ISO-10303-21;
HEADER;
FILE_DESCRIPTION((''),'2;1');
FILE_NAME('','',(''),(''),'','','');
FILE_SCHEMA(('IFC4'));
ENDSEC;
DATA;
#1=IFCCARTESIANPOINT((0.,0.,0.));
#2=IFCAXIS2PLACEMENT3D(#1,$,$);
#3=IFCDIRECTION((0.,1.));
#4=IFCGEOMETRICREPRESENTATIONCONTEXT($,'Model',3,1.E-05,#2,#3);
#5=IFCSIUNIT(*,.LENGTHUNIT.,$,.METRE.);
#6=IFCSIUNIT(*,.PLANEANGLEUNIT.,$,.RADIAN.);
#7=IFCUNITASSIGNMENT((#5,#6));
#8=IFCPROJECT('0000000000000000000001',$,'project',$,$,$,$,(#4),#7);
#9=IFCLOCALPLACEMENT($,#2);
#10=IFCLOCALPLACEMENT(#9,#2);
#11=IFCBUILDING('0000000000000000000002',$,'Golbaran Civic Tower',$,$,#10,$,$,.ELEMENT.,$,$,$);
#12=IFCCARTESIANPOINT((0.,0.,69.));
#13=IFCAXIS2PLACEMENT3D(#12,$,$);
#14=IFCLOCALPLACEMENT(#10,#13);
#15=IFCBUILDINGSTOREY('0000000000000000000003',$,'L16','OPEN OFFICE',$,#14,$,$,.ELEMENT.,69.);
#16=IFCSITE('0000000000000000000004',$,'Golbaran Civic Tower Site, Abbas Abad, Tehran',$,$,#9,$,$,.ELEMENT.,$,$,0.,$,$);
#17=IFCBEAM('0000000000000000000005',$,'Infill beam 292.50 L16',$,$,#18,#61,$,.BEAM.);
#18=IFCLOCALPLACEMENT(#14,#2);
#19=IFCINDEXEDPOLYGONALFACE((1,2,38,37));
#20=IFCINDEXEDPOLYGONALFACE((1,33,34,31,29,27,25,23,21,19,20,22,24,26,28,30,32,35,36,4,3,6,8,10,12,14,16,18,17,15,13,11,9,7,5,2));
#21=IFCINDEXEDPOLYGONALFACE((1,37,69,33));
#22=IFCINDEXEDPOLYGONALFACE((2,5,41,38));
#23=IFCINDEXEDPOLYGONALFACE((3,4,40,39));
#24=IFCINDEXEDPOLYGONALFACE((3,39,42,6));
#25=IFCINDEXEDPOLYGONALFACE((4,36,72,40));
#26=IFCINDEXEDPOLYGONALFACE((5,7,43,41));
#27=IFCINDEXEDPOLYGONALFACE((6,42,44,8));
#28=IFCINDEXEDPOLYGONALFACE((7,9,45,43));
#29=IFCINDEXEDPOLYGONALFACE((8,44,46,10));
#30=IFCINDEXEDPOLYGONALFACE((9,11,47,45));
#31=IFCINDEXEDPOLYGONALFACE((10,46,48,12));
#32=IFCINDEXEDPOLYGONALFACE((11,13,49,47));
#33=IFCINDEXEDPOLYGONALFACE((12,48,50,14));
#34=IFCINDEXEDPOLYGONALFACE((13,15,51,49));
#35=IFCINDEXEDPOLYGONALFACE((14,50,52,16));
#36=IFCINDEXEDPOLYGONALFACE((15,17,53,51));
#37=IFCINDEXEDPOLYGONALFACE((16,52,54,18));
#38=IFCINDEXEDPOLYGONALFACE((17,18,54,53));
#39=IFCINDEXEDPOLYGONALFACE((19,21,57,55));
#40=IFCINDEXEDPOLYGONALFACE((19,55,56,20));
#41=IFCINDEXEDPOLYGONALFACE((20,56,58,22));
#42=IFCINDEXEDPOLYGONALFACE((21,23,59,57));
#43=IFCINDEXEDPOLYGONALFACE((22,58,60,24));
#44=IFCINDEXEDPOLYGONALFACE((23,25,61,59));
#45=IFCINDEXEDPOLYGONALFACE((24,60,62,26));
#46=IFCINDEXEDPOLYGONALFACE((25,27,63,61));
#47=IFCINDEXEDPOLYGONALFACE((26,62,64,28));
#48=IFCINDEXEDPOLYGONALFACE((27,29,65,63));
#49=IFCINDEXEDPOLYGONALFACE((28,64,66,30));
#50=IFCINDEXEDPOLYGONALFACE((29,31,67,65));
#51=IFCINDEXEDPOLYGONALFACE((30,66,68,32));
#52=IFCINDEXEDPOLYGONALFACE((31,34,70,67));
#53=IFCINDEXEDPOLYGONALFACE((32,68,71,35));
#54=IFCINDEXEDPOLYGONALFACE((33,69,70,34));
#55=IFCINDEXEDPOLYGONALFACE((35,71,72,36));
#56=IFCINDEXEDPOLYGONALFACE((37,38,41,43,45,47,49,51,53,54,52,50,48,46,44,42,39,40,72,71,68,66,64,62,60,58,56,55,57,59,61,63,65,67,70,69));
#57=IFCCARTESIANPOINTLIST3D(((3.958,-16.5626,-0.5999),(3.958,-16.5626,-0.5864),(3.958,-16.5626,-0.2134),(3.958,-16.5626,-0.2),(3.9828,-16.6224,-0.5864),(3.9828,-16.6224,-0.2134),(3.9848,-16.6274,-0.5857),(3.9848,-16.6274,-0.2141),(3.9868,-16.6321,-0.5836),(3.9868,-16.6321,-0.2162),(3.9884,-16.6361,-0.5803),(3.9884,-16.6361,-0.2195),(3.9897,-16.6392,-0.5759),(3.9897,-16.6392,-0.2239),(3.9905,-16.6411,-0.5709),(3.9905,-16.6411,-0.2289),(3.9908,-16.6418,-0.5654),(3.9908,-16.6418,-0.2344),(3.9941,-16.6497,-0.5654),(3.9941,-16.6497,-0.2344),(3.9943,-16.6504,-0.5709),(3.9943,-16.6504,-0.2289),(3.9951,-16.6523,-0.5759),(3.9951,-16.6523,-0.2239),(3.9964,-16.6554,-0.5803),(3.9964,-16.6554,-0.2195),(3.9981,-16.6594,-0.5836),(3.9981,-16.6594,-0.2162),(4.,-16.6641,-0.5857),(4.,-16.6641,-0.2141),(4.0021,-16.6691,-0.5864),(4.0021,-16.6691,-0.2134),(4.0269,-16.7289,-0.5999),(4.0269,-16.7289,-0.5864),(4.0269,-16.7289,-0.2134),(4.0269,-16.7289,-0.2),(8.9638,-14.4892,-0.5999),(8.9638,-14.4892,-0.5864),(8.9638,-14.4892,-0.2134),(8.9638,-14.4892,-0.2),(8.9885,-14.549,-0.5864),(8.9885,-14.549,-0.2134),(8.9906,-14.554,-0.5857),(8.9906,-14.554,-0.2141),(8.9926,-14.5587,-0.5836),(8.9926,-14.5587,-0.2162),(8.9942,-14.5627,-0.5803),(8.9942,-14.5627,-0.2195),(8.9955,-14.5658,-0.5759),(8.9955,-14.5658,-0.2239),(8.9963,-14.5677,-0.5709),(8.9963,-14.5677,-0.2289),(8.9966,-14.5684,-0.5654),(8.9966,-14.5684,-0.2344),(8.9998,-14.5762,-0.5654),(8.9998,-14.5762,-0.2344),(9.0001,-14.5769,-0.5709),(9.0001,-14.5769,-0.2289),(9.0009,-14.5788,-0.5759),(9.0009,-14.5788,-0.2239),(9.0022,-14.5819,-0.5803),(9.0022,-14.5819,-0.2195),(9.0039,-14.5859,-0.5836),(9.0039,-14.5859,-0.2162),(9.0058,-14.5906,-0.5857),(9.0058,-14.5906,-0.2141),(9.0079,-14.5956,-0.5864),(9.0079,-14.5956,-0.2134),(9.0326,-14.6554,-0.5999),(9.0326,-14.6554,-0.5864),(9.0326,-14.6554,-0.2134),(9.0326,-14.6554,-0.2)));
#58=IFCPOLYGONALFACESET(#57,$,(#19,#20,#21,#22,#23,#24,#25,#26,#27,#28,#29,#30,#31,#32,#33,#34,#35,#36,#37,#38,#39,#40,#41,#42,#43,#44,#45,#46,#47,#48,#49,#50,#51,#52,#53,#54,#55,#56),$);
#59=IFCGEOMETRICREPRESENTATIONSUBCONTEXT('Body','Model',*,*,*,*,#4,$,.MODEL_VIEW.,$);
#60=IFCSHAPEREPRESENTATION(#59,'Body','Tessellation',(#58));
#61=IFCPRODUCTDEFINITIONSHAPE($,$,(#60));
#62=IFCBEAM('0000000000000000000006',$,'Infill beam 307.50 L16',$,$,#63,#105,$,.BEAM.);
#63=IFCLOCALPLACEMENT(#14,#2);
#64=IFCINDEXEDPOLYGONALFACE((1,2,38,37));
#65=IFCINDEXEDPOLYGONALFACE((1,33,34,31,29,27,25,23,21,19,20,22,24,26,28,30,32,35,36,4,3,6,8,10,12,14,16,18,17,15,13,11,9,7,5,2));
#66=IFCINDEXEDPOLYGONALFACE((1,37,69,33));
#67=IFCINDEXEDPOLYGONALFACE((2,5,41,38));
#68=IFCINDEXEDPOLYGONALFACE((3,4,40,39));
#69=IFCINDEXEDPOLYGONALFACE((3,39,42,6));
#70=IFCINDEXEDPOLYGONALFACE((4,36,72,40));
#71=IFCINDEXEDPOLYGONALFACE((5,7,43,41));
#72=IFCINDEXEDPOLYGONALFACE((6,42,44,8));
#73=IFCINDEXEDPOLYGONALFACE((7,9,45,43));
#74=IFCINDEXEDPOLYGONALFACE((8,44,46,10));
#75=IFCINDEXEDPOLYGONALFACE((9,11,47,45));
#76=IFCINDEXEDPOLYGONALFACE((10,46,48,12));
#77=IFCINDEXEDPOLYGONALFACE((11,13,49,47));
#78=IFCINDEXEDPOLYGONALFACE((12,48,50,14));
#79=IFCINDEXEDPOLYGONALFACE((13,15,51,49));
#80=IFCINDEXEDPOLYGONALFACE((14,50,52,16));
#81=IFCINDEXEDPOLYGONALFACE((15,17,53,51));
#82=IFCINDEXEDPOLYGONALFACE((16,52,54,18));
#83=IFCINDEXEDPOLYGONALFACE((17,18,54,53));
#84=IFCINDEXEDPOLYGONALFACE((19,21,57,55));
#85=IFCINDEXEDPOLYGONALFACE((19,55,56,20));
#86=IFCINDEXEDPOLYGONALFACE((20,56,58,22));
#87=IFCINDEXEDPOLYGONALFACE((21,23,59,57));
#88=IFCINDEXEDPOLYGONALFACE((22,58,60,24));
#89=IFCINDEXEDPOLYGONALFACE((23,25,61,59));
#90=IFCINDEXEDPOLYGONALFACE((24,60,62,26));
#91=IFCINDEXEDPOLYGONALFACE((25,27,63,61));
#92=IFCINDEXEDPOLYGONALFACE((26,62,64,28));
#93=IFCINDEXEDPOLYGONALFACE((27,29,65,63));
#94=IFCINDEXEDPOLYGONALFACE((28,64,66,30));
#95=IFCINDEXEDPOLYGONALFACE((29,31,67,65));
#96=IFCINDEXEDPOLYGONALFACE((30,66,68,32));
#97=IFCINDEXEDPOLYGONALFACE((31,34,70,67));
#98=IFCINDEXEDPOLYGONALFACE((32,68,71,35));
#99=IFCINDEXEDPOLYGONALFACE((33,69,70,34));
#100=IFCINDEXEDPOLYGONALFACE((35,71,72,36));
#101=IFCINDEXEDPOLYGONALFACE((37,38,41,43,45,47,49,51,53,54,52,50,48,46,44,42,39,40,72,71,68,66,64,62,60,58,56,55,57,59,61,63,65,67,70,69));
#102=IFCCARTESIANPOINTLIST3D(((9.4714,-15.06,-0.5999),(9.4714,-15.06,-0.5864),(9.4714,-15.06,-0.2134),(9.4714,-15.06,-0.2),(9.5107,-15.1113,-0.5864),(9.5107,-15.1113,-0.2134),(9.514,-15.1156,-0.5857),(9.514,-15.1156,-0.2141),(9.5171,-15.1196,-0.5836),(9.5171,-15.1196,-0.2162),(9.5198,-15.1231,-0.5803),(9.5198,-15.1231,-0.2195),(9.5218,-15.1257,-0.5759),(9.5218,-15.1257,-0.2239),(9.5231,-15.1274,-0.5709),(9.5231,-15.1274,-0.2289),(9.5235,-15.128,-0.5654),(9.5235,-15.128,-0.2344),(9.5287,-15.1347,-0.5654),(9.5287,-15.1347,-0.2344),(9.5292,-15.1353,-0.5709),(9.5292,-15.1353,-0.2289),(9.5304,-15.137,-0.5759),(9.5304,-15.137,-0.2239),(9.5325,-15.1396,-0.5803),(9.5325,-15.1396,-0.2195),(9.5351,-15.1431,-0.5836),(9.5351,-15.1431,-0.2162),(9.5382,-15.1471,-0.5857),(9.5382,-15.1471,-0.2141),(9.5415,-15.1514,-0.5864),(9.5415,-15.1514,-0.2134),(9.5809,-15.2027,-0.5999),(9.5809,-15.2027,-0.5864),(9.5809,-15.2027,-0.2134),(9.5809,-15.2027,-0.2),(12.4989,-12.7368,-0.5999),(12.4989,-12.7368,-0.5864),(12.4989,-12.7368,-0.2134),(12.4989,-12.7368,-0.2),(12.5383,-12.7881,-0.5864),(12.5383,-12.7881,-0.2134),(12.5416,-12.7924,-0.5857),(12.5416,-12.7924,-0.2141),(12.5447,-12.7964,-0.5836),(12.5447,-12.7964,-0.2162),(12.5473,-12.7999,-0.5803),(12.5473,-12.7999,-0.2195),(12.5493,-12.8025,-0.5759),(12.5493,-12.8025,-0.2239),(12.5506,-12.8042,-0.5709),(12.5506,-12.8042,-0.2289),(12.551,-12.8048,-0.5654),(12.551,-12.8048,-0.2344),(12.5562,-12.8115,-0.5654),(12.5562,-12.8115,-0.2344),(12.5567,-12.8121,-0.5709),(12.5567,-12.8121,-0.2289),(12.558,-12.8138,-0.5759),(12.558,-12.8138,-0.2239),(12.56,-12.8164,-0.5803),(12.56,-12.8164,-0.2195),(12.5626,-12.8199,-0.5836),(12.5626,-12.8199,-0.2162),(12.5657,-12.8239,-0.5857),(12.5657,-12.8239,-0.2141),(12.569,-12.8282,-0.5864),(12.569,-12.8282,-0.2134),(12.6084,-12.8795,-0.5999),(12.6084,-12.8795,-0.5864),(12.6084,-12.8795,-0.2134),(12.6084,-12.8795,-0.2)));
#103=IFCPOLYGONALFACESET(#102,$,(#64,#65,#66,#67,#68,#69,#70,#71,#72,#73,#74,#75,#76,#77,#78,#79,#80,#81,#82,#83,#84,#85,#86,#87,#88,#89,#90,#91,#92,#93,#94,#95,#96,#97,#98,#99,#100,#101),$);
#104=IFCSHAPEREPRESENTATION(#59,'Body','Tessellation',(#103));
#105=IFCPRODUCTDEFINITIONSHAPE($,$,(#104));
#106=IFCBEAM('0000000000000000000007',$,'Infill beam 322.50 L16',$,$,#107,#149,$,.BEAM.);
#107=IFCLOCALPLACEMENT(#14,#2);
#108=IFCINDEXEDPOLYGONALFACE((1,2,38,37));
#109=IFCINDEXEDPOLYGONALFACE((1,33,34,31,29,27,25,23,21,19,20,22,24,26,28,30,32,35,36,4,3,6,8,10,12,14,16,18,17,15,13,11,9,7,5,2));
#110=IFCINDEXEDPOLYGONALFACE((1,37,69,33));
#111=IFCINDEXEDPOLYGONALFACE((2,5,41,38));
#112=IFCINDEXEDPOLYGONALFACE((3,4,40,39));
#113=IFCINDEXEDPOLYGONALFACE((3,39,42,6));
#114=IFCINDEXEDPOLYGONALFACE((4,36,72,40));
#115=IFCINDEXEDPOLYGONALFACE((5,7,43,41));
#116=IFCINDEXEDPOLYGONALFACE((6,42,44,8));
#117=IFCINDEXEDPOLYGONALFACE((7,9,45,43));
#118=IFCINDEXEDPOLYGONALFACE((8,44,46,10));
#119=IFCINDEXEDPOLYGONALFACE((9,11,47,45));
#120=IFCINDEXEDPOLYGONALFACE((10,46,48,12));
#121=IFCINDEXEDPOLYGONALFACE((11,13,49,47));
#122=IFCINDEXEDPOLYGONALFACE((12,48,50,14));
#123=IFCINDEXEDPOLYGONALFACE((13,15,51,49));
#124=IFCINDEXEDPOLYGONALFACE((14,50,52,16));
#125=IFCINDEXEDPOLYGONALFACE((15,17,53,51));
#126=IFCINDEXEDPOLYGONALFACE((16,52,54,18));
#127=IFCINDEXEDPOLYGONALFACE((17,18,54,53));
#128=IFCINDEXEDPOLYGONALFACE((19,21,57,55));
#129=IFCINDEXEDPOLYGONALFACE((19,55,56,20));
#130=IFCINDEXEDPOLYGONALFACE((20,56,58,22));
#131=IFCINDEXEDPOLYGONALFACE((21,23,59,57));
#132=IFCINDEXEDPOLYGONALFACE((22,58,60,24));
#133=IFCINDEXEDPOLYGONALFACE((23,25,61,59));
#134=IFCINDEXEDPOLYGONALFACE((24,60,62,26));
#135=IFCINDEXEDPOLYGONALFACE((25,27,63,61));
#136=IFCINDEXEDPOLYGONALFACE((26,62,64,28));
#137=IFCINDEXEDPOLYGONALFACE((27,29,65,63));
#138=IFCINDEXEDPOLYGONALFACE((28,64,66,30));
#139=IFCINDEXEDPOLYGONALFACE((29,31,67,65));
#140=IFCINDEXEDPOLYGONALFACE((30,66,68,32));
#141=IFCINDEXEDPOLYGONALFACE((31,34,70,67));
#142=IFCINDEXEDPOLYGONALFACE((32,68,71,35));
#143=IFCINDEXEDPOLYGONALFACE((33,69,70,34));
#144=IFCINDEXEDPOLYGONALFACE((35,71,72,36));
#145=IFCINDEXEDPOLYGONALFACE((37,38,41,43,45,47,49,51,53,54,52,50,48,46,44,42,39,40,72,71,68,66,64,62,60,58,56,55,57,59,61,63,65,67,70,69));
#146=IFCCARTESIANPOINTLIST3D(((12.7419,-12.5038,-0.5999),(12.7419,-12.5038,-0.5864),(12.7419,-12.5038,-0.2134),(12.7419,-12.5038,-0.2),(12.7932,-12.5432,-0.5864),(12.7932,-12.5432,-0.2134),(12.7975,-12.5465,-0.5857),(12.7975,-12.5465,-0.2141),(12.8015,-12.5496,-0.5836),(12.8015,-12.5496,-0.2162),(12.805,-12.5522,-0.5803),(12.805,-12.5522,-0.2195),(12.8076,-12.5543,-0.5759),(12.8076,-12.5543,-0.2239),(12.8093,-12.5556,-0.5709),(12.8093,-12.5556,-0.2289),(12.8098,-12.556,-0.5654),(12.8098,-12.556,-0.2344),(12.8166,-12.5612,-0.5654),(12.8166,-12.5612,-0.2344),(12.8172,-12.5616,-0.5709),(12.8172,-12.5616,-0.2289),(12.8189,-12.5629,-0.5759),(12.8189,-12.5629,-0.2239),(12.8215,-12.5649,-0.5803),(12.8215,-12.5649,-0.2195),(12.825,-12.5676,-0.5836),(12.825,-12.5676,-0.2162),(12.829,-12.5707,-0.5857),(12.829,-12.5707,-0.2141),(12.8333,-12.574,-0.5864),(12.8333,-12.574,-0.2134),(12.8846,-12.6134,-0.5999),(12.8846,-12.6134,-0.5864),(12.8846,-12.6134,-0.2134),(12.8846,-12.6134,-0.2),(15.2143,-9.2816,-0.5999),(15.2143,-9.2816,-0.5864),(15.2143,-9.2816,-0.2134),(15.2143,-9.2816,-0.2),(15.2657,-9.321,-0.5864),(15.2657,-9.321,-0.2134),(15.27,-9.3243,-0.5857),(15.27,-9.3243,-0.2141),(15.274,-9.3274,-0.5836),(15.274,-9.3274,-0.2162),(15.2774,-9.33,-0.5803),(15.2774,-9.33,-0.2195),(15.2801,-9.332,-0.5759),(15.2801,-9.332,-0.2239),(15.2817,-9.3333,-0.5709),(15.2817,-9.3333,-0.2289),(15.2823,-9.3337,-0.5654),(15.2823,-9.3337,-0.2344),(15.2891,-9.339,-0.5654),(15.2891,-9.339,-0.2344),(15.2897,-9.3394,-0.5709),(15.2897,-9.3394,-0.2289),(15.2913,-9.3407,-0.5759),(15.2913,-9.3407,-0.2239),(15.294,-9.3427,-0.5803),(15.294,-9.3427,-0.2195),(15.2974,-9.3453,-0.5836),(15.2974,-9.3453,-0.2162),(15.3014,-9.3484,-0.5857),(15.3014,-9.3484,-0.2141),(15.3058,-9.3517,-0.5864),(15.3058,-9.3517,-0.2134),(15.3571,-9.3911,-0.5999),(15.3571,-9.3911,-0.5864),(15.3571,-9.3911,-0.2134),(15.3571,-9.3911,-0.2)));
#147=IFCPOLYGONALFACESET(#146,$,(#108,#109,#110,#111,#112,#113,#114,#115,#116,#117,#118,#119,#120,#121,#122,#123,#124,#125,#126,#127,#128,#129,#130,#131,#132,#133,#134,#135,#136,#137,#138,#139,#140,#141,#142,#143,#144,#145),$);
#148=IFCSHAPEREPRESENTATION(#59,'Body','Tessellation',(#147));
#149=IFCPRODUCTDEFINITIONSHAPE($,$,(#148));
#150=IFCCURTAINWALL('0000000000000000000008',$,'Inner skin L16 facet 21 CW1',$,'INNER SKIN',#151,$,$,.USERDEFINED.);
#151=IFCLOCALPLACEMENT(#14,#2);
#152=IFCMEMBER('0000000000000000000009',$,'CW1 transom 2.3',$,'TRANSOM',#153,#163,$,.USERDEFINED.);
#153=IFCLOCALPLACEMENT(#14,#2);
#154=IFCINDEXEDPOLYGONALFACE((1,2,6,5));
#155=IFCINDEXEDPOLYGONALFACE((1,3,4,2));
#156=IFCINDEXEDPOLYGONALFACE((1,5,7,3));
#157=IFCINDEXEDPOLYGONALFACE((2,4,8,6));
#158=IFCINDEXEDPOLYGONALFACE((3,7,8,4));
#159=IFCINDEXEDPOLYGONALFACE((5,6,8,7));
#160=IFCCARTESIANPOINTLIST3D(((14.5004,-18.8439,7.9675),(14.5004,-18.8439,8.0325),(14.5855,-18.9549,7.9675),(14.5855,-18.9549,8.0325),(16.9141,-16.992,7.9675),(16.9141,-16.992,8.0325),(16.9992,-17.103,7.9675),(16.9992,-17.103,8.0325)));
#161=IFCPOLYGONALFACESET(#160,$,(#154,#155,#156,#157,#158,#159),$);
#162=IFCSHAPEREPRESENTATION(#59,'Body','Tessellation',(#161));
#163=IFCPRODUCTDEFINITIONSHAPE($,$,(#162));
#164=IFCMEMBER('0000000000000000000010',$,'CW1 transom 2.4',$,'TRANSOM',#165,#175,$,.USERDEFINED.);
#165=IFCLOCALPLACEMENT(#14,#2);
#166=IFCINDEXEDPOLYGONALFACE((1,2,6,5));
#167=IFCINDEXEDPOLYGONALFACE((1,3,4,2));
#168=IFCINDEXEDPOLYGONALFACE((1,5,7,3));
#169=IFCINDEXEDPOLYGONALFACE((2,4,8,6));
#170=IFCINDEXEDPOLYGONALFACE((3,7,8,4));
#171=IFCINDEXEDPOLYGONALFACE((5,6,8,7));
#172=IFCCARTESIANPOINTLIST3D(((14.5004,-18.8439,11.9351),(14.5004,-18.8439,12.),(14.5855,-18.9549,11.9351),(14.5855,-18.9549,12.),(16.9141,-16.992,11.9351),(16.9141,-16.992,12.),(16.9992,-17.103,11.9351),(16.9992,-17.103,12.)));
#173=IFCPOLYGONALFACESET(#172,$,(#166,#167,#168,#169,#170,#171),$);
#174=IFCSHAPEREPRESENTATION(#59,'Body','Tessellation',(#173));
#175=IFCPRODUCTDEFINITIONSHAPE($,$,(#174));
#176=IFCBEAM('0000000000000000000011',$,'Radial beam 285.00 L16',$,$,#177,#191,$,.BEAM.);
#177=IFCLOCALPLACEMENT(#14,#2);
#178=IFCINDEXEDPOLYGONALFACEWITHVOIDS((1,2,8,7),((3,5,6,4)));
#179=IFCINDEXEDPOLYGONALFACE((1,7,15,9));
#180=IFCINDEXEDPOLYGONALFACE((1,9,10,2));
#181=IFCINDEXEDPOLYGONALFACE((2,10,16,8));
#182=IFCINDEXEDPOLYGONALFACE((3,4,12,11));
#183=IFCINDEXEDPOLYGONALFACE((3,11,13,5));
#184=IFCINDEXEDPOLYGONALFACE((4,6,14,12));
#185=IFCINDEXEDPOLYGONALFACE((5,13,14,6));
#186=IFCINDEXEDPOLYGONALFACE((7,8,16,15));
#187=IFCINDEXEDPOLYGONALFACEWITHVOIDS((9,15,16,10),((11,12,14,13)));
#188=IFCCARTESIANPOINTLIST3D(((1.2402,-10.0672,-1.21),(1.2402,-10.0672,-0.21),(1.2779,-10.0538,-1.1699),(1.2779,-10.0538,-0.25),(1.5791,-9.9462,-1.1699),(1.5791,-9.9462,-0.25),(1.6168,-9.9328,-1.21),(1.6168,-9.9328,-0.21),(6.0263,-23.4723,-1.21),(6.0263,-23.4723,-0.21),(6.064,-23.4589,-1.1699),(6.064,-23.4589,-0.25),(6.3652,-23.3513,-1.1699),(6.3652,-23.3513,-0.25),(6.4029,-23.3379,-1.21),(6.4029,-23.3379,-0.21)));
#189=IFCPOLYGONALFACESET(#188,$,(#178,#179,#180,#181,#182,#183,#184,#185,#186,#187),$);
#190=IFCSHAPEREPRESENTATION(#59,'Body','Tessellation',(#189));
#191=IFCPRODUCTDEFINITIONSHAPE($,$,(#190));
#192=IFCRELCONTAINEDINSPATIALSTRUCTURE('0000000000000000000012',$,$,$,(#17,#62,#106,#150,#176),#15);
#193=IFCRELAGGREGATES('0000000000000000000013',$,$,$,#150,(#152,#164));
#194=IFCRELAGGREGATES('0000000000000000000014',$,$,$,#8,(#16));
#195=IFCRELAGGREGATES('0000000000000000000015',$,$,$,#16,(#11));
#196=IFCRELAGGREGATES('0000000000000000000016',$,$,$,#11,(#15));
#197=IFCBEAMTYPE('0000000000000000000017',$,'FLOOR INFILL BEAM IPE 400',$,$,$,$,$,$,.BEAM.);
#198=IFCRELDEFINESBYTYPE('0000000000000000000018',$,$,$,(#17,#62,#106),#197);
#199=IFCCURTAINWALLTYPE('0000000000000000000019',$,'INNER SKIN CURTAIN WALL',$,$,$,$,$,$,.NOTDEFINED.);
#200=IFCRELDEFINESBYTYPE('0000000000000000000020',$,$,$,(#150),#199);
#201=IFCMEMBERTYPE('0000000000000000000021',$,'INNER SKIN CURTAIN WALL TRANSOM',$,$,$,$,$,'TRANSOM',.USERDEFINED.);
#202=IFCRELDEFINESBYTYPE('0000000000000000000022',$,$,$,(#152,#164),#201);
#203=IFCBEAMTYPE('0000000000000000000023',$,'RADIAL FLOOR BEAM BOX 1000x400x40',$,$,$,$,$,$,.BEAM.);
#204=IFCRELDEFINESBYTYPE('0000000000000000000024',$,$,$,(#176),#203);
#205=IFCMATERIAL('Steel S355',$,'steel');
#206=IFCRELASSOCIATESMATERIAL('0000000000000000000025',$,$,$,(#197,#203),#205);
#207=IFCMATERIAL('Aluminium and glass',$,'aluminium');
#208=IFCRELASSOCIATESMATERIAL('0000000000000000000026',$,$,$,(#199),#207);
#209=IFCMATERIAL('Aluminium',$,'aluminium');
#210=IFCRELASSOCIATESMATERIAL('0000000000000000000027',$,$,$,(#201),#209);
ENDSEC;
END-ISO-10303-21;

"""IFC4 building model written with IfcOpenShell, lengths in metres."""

from ifc_helpers import new_model, si_unit, direction, frame, origin, origin_2d, place, context, subcontext, project, spatial, rectangle, hollow_rectangle, i_section, extrude, material, material_profile, profile_set, type_object, element, aggregate, save


model = new_model("IFC4")

# Units and contexts
model_context = context("Model", 3, precision=1e-05, world=origin(), true_north=direction((0.0, 1.0)))
body_context = subcontext(model_context, "Body", "Model", "MODEL_VIEW")
ifc_project = project(units=[si_unit("LENGTHUNIT", "METRE"), si_unit("PLANEANGLEUNIT", "RADIAN")], contexts=[model_context])

# Site, building, storey
site_placement = place(None, origin())
site = spatial("IfcSite", under=ifc_project, at=site_placement, Name="Golbaran Civic Tower Site, Abbas Abad, Tehran", CompositionType="ELEMENT", RefElevation=0.0)
building_placement = place(site_placement, origin())
building = spatial("IfcBuilding", under=site, at=building_placement, Name="Golbaran Civic Tower", CompositionType="ELEMENT")
storey_placement = place(building_placement, frame((0.0, 0.0, 69.0)))
storey = spatial("IfcBuildingStorey", under=building, at=storey_placement, Name="L16", Description="OPEN OFFICE", CompositionType="ELEMENT", Elevation=69.0)

# Beams
ifc_material_1 = material(Name="Steel S355", Category="steel")
ifc_material_profile_1 = material_profile(ifc_material_1, i_section(OverallWidth=0.1799, OverallDepth=0.3999, WebThickness=0.0085, FlangeThickness=0.0134, FilletRadius=0.021, at=origin_2d()), Name="IPE 400")
ifc_profile_set_1 = profile_set([ifc_material_profile_1], Name="Steel S355")
beam_type_1 = type_object("IfcBeamType", Name="FLOOR INFILL BEAM IPE 400", PredefinedType="BEAM", material=ifc_profile_set_1)
beam_1_placement = place(storey_placement, frame((3.9924, -16.6458, -0.3999), z_axis=(0.92388, 0.382682, 0.0), x_axis=(-0.382682, 0.92388, 0.0)))
element("IfcBeam", 1, at=beam_1_placement, inside=storey, type_object=beam_type_1, Name="Infill beam 292.50 L16", PredefinedType="BEAM", context=body_context, shape_type="SweptSolid", body=[
    extrude(i_section(OverallWidth=0.1799, OverallDepth=0.3999, WebThickness=0.0085, FlangeThickness=0.0134, FilletRadius=0.021, at=origin_2d()), origin(), (0.0, 0.0, 1.0), 5.4182),
])
beam_2_placement = place(storey_placement, frame((9.5261, -15.1313, -0.3999), z_axis=(0.793342, 0.608777, 0.0), x_axis=(-0.608777, 0.793342, 0.0)))
element("IfcBeam", 2, at=beam_2_placement, inside=storey, type_object=beam_type_1, Name="Infill beam 307.50 L16", PredefinedType="BEAM", context=body_context, shape_type="SweptSolid", body=[
    extrude(i_section(OverallWidth=0.1799, OverallDepth=0.3999, WebThickness=0.0085, FlangeThickness=0.0134, FilletRadius=0.021, at=origin_2d()), origin(), (0.0, 0.0, 1.0), 3.8162),
])
beam_3_placement = place(storey_placement, frame((12.8132, -12.5586, -0.3999), z_axis=(0.608755, 0.793359, 0.0), x_axis=(-0.793359, 0.608755, 0.0)))
element("IfcBeam", 3, at=beam_3_placement, inside=storey, type_object=beam_type_1, Name="Infill beam 322.50 L16", PredefinedType="BEAM", context=body_context, shape_type="SweptSolid", body=[
    extrude(i_section(OverallWidth=0.1799, OverallDepth=0.3999, WebThickness=0.0085, FlangeThickness=0.0134, FilletRadius=0.021, at=origin_2d()), origin(), (0.0, 0.0, 1.0), 4.0615),
])

# Curtain wall, members
ifc_material_2 = material(Name="Aluminium and glass", Category="aluminium")
curtain_wall_type = type_object("IfcCurtainWallType", Name="INNER SKIN CURTAIN WALL", PredefinedType="NOTDEFINED", material=ifc_material_2)
curtain_wall_placement = place(storey_placement, origin())
curtain_wall = element("IfcCurtainWall", 4, at=curtain_wall_placement, inside=storey, type_object=curtain_wall_type, Name="Inner skin L16 facet 21 CW1", ObjectType="INNER SKIN", PredefinedType="USERDEFINED")
ifc_material_3 = material(Name="Aluminium", Category="aluminium")
ifc_material_profile_2 = material_profile(ifc_material_3, rectangle(XDim=0.1399, YDim=0.0649, at=origin_2d()), Name="INNER SKIN CURTAIN WALL TRANSOM")
ifc_profile_set_2 = profile_set([ifc_material_profile_2], Name="Aluminium")
member_type = type_object("IfcMemberType", Name="INNER SKIN CURTAIN WALL TRANSOM", ElementType="TRANSOM", PredefinedType="USERDEFINED", material=ifc_profile_set_2)
member_1_placement = place(storey_placement, frame((14.543, -18.8994, 8.0), z_axis=(0.793384, 0.608721, 0.0), x_axis=(-0.608721, 0.793384, 0.0)))
member_1 = element("IfcMember", 5, at=member_1_placement, type_object=member_type, Name="CW1 transom 2.3", ObjectType="TRANSOM", PredefinedType="USERDEFINED", context=body_context, shape_type="SweptSolid", body=[
    extrude(rectangle(XDim=0.1399, YDim=0.0649, at=origin_2d()), origin(), (0.0, 0.0, 1.0), 3.0422),
])
member_2_placement = place(storey_placement, frame((14.543, -18.8994, 11.9675), z_axis=(0.793384, 0.608721, 0.0), x_axis=(-0.608721, 0.793384, 0.0)))
member_2 = element("IfcMember", 6, at=member_2_placement, type_object=member_type, Name="CW1 transom 2.4", ObjectType="TRANSOM", PredefinedType="USERDEFINED", context=body_context, shape_type="SweptSolid", body=[
    extrude(rectangle(XDim=0.1399, YDim=0.0649, at=origin_2d()), origin(), (0.0, 0.0, 1.0), 3.0422),
])

# Beam
ifc_material_profile_3 = material_profile(ifc_material_1, hollow_rectangle(XDim=0.3999, YDim=1.0, WallThickness=0.04, at=origin_2d()), Name="BOX 1000x400x40")
ifc_profile_set_3 = profile_set([ifc_material_profile_3], Name="Steel S355")
beam_type_2 = type_object("IfcBeamType", Name="RADIAL FLOOR BEAM BOX 1000x400x40", PredefinedType="BEAM", material=ifc_profile_set_3)
beam_4_placement = place(storey_placement, frame((1.4285, -10.0, -0.71), z_axis=(0.336251, -0.941773, 0.0), x_axis=(0.941773, 0.336251, 0.0)))
element("IfcBeam", 7, at=beam_4_placement, inside=storey, type_object=beam_type_2, Name="Radial beam 285.00 L16", PredefinedType="BEAM", context=body_context, shape_type="SweptSolid", body=[
    extrude(hollow_rectangle(XDim=0.3999, YDim=1.0, WallThickness=0.04, at=origin_2d()), origin(), (0.0, 0.0, 1.0), 14.2339),
])

aggregate(curtain_wall, [member_1, member_2])

save(model, "model.ifc")
